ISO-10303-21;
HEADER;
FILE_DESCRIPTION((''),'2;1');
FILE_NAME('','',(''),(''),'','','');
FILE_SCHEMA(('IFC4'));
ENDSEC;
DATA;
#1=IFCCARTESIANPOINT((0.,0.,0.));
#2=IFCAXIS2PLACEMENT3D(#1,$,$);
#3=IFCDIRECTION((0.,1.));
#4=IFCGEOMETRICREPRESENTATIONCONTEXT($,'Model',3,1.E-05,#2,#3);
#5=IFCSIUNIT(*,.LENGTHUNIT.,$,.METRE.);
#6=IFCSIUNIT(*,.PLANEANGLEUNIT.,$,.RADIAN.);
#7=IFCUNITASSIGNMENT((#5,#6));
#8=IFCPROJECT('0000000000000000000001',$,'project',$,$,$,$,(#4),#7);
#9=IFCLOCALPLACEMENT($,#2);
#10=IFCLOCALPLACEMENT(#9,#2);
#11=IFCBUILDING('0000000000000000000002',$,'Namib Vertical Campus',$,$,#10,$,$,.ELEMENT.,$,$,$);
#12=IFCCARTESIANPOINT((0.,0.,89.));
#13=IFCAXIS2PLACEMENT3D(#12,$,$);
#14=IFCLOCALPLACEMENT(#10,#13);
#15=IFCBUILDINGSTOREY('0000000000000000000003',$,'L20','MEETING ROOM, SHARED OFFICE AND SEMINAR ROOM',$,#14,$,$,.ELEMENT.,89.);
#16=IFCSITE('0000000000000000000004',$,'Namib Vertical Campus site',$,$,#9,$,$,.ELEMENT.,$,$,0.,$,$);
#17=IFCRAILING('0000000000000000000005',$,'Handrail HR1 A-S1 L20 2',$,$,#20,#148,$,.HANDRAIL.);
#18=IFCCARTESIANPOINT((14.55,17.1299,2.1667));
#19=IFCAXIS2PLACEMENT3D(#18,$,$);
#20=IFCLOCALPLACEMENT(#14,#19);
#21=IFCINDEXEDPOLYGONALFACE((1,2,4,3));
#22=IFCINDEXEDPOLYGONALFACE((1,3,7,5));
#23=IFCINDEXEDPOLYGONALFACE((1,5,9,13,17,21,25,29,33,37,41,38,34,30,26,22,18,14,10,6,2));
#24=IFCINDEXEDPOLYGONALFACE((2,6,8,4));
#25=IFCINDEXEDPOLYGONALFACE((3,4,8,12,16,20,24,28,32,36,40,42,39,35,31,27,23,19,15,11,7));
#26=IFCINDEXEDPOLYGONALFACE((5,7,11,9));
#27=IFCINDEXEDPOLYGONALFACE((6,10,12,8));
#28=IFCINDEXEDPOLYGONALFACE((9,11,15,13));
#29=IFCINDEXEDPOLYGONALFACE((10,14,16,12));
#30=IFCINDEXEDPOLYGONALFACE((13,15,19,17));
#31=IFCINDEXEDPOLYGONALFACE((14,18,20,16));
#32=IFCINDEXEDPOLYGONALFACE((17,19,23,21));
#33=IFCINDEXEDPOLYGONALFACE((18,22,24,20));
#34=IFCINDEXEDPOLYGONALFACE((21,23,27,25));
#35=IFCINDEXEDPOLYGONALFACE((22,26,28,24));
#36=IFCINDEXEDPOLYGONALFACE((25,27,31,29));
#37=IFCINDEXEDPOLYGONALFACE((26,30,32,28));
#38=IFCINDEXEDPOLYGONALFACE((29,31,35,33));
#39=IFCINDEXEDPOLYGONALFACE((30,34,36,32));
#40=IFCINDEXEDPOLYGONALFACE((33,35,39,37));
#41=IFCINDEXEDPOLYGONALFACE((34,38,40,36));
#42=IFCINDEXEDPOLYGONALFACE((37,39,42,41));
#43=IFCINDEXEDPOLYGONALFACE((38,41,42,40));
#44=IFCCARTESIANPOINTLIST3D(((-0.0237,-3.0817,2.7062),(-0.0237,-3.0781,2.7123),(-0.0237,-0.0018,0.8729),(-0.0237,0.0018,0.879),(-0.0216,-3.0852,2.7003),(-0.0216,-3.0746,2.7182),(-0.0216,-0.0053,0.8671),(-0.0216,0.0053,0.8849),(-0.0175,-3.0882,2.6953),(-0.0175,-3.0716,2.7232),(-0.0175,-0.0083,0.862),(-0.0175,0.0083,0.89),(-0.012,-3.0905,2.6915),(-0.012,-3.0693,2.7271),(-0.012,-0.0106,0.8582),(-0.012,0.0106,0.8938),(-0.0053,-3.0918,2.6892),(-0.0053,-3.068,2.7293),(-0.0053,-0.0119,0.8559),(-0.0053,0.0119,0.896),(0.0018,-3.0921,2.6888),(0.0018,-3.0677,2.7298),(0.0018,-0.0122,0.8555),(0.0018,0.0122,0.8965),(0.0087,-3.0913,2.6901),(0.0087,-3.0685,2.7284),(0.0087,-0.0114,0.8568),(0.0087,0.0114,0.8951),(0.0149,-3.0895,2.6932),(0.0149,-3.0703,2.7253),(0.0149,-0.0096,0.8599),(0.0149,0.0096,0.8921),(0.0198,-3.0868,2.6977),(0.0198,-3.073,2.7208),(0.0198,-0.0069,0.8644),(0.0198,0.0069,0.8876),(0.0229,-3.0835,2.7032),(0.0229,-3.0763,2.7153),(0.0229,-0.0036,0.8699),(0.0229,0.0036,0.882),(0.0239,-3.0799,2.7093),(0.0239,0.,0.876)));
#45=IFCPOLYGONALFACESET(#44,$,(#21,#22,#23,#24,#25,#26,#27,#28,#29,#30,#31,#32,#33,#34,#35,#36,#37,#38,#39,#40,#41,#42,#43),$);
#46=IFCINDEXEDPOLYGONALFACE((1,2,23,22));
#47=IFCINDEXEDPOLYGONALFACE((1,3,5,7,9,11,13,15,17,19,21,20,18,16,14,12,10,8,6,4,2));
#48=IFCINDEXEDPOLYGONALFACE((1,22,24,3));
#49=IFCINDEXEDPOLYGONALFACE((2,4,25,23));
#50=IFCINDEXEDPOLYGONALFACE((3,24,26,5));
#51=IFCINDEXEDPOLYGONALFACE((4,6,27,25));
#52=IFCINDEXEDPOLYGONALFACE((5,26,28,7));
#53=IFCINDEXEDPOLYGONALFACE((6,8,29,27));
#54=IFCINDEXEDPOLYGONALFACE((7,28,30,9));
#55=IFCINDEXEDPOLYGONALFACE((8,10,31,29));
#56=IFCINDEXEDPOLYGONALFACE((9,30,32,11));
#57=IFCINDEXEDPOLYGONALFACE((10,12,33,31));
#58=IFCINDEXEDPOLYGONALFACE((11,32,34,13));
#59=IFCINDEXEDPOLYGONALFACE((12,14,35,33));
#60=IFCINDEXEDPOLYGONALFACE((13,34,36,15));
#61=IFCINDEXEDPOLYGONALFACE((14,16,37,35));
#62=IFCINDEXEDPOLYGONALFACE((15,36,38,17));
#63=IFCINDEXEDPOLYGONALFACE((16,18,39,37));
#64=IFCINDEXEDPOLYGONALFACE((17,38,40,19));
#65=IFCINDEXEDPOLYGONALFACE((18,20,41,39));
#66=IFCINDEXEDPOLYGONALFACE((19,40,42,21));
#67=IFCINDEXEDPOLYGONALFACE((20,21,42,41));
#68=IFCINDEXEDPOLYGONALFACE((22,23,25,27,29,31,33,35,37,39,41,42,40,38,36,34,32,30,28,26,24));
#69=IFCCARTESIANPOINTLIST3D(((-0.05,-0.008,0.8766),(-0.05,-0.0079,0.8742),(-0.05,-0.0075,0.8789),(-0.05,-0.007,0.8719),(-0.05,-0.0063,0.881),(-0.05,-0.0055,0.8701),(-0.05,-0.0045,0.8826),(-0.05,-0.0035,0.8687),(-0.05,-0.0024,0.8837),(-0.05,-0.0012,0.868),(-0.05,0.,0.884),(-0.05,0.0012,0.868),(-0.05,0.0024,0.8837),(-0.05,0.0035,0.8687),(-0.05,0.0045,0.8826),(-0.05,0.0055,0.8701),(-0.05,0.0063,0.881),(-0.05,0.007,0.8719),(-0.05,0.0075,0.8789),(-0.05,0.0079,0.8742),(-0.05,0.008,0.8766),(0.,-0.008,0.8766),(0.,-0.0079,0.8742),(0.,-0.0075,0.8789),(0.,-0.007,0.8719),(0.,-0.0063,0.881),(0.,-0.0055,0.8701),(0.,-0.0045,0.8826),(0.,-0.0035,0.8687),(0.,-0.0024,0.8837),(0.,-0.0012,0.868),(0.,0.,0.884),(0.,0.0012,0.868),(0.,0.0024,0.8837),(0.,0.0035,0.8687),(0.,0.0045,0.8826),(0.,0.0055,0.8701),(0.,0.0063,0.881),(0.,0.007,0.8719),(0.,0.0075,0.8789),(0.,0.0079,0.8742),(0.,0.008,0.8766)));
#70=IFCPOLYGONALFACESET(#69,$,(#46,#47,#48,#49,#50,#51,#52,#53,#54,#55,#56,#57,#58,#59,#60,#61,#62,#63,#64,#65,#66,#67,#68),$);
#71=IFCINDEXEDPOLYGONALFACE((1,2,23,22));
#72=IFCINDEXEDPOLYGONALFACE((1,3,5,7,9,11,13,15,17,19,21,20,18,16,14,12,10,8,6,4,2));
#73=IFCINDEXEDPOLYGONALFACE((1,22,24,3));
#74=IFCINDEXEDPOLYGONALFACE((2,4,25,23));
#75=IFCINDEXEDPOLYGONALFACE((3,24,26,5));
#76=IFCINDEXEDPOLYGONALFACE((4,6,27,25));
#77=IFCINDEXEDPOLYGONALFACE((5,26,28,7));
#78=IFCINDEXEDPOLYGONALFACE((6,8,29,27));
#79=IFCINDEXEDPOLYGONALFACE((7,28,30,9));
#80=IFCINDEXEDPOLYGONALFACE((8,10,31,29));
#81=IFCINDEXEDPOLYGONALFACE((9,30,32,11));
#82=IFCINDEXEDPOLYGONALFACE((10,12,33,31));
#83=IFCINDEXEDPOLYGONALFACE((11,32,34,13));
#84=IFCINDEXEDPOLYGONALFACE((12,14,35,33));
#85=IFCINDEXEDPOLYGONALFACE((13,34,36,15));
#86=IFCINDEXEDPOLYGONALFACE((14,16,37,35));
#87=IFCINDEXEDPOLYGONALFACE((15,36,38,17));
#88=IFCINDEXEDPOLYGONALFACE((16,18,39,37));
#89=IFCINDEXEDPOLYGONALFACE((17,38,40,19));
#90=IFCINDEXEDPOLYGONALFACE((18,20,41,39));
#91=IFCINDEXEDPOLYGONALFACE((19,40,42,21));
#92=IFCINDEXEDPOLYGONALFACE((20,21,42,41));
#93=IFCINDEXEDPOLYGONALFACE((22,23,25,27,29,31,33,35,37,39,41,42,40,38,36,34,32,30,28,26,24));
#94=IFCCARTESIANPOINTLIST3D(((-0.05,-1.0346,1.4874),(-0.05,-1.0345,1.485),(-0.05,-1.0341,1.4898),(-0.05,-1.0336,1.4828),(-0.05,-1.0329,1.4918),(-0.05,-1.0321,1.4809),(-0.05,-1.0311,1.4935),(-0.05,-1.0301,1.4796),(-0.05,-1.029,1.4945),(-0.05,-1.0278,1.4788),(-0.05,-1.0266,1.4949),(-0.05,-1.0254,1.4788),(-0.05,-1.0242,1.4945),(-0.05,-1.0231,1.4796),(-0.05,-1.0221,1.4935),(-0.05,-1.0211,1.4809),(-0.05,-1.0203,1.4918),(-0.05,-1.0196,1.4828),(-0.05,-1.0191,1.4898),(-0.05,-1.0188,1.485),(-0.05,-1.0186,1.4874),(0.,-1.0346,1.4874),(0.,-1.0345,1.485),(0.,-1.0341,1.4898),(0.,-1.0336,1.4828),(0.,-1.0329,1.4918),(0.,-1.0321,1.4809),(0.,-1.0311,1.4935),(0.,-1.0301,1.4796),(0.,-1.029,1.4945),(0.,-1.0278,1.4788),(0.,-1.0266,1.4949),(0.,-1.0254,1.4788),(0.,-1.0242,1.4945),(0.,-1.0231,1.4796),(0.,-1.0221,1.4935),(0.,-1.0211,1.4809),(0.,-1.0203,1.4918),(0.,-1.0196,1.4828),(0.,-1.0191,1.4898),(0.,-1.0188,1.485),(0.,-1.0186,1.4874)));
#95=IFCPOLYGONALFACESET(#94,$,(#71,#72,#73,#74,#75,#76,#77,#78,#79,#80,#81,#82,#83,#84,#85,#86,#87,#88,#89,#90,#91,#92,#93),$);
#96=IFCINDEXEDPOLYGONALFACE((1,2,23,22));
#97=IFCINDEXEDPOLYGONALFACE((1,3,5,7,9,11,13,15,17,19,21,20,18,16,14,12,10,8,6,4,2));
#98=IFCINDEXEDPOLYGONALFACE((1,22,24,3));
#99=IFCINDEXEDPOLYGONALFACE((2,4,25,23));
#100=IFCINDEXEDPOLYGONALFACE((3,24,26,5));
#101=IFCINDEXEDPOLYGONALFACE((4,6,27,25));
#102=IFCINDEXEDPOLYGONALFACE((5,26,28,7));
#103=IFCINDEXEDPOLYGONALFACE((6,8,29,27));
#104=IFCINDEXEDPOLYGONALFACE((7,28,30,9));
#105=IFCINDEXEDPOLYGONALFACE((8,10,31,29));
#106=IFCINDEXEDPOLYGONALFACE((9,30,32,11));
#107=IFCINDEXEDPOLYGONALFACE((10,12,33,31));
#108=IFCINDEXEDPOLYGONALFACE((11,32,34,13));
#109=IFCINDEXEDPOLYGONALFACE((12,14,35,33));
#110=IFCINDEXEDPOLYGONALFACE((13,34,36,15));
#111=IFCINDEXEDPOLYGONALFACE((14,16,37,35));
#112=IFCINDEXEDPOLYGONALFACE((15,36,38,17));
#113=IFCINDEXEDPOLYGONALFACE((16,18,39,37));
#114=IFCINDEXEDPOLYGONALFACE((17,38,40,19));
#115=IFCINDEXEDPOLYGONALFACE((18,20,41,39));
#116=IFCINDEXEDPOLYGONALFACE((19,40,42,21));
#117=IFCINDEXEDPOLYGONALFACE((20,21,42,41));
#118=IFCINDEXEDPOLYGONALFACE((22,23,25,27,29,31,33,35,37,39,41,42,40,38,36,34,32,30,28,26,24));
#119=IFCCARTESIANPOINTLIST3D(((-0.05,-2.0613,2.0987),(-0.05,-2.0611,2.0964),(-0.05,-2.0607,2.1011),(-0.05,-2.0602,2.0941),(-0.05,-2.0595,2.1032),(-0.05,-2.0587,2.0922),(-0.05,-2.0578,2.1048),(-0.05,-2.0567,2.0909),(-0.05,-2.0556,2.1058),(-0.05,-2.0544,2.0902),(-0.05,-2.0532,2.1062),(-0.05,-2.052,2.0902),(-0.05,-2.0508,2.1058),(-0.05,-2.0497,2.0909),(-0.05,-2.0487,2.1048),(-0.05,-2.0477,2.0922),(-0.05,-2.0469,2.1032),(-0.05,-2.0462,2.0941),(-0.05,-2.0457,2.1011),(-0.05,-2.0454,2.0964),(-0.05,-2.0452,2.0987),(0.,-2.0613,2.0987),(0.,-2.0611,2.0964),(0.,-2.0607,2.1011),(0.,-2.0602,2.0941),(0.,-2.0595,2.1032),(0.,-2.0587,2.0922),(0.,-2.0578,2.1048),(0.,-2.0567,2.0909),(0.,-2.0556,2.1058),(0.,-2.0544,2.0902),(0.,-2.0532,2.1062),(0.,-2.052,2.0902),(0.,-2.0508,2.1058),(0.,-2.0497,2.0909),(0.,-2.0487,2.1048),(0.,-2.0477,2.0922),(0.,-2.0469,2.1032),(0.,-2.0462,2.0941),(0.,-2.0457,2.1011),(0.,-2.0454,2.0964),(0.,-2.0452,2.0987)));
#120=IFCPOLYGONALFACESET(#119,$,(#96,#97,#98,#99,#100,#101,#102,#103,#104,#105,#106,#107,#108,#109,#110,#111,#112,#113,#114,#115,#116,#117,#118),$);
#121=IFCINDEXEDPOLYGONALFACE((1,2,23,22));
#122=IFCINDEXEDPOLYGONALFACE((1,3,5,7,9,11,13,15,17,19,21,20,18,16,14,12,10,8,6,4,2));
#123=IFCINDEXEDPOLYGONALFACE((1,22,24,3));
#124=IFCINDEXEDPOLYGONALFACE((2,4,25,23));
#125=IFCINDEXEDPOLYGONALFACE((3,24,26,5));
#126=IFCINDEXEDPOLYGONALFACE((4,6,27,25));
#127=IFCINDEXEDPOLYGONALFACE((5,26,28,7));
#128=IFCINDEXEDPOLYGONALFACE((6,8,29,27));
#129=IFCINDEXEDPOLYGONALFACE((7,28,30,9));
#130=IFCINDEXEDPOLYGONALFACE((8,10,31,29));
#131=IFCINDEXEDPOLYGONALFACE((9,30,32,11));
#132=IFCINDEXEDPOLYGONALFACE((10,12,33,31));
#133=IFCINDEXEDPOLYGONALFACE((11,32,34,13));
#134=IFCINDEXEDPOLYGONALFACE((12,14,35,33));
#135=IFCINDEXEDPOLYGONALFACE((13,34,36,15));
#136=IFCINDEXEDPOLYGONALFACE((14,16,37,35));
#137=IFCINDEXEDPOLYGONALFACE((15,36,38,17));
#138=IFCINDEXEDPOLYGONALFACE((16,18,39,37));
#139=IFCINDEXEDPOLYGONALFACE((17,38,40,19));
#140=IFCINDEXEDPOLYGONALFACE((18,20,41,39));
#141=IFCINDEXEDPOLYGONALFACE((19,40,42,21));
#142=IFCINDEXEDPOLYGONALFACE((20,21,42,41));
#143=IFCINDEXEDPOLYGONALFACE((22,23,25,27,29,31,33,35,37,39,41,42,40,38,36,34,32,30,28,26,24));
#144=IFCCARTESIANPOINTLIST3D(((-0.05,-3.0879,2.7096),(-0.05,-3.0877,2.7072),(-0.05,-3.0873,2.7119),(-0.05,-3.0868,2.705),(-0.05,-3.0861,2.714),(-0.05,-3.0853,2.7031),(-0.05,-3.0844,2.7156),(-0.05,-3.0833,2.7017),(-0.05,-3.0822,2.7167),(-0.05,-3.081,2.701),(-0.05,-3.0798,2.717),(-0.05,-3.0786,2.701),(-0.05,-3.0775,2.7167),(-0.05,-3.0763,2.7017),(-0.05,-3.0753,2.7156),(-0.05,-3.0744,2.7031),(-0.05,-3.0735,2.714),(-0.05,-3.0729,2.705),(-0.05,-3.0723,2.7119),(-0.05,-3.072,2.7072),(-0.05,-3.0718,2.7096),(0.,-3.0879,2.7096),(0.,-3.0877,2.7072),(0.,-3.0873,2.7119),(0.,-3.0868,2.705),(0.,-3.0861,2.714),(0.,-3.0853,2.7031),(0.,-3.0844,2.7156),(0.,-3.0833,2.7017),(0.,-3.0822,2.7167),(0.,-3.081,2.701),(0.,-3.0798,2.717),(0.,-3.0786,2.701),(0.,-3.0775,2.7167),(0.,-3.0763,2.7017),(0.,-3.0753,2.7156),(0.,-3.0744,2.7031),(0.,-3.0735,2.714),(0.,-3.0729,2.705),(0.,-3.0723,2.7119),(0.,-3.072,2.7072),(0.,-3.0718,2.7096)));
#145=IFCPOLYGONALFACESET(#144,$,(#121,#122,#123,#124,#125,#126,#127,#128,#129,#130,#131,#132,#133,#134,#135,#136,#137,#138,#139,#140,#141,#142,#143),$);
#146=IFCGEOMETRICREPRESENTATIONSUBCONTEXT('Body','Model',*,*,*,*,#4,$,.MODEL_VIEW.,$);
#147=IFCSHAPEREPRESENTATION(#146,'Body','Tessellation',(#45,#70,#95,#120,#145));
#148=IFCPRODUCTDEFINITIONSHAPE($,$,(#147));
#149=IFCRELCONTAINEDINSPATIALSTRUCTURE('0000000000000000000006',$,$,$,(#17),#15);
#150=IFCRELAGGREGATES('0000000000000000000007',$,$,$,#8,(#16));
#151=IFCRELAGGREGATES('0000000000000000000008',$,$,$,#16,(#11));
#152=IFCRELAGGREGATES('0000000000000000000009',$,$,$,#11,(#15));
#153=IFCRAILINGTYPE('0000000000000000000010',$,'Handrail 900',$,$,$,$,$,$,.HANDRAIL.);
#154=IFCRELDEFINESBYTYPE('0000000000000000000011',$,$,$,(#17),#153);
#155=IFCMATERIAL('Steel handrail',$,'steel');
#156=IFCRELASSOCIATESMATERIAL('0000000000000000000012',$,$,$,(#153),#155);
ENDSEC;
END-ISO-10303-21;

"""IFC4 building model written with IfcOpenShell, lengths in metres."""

from ifc_helpers import new_model, si_unit, direction, frame, origin, origin_2d, place, context, subcontext, project, spatial, circle, extrude, material, type_object, element, save


model = new_model("IFC4")

# Units and contexts
model_context = context("Model", 3, precision=1e-05, world=origin(), true_north=direction((0.0, 1.0)))
body_context = subcontext(model_context, "Body", "Model", "MODEL_VIEW")
ifc_project = project(units=[si_unit("LENGTHUNIT", "METRE"), si_unit("PLANEANGLEUNIT", "RADIAN")], contexts=[model_context])

# Site, building, storey
site_placement = place(None, origin())
site = spatial("IfcSite", under=ifc_project, at=site_placement, Name="Namib Vertical Campus site", CompositionType="ELEMENT", RefElevation=0.0)
building_placement = place(site_placement, origin())
building = spatial("IfcBuilding", under=site, at=building_placement, Name="Namib Vertical Campus", CompositionType="ELEMENT")
storey_placement = place(building_placement, frame((0.0, 0.0, 89.0)))
storey = spatial("IfcBuildingStorey", under=building, at=storey_placement, Name="L20", Description="MEETING ROOM, SHARED OFFICE AND SEMINAR ROOM", CompositionType="ELEMENT", Elevation=89.0)

# Railing
ifc_material_1 = material(Name="Steel handrail", Category="steel")
railing_type_1 = type_object("IfcRailingType", Name="Handrail 900", PredefinedType="HANDRAIL", material=ifc_material_1)
railing_1_placement = place(storey_placement, frame((14.55, 17.1299, 2.1667)))
element("IfcRailing", 1, at=railing_1_placement, inside=storey, type_object=railing_type_1, Name="Handrail HR1 A-S1 L20 2", PredefinedType="HANDRAIL", context=body_context, shape_type="SweptSolid", body=[
    extrude(circle(Radius=0.0239, at=origin_2d()), frame((0.0, 0.0, 0.876), z_axis=(0.0, -0.859291, 0.511487), x_axis=(1.0, 0.0, 0.0)), (0.0, 0.0, 1.0), 3.5842),
    extrude(circle(Radius=0.0081, at=origin_2d()), frame((0.0, 0.0, 0.876), z_axis=(-1.0, 0.0, 0.0), x_axis=(0.0, 0.0, 1.0)), (0.0, 0.0, 1.0), 0.05),
    extrude(circle(Radius=0.0081, at=origin_2d()), frame((0.0, -1.0266, 1.4868), z_axis=(-1.0, 0.0, 0.0), x_axis=(0.0, 0.0, 1.0)), (0.0, 0.0, 1.0), 0.05),
    extrude(circle(Radius=0.0081, at=origin_2d()), frame((0.0, -2.0532, 2.0981), z_axis=(-1.0, 0.0, 0.0), x_axis=(0.0, 0.0, 1.0)), (0.0, 0.0, 1.0), 0.05),
    extrude(circle(Radius=0.0081, at=origin_2d()), frame((0.0, -3.0798, 2.709), z_axis=(-1.0, 0.0, 0.0), x_axis=(0.0, 0.0, 1.0)), (0.0, 0.0, 1.0), 0.05),
])

save(model, "model.ifc")
